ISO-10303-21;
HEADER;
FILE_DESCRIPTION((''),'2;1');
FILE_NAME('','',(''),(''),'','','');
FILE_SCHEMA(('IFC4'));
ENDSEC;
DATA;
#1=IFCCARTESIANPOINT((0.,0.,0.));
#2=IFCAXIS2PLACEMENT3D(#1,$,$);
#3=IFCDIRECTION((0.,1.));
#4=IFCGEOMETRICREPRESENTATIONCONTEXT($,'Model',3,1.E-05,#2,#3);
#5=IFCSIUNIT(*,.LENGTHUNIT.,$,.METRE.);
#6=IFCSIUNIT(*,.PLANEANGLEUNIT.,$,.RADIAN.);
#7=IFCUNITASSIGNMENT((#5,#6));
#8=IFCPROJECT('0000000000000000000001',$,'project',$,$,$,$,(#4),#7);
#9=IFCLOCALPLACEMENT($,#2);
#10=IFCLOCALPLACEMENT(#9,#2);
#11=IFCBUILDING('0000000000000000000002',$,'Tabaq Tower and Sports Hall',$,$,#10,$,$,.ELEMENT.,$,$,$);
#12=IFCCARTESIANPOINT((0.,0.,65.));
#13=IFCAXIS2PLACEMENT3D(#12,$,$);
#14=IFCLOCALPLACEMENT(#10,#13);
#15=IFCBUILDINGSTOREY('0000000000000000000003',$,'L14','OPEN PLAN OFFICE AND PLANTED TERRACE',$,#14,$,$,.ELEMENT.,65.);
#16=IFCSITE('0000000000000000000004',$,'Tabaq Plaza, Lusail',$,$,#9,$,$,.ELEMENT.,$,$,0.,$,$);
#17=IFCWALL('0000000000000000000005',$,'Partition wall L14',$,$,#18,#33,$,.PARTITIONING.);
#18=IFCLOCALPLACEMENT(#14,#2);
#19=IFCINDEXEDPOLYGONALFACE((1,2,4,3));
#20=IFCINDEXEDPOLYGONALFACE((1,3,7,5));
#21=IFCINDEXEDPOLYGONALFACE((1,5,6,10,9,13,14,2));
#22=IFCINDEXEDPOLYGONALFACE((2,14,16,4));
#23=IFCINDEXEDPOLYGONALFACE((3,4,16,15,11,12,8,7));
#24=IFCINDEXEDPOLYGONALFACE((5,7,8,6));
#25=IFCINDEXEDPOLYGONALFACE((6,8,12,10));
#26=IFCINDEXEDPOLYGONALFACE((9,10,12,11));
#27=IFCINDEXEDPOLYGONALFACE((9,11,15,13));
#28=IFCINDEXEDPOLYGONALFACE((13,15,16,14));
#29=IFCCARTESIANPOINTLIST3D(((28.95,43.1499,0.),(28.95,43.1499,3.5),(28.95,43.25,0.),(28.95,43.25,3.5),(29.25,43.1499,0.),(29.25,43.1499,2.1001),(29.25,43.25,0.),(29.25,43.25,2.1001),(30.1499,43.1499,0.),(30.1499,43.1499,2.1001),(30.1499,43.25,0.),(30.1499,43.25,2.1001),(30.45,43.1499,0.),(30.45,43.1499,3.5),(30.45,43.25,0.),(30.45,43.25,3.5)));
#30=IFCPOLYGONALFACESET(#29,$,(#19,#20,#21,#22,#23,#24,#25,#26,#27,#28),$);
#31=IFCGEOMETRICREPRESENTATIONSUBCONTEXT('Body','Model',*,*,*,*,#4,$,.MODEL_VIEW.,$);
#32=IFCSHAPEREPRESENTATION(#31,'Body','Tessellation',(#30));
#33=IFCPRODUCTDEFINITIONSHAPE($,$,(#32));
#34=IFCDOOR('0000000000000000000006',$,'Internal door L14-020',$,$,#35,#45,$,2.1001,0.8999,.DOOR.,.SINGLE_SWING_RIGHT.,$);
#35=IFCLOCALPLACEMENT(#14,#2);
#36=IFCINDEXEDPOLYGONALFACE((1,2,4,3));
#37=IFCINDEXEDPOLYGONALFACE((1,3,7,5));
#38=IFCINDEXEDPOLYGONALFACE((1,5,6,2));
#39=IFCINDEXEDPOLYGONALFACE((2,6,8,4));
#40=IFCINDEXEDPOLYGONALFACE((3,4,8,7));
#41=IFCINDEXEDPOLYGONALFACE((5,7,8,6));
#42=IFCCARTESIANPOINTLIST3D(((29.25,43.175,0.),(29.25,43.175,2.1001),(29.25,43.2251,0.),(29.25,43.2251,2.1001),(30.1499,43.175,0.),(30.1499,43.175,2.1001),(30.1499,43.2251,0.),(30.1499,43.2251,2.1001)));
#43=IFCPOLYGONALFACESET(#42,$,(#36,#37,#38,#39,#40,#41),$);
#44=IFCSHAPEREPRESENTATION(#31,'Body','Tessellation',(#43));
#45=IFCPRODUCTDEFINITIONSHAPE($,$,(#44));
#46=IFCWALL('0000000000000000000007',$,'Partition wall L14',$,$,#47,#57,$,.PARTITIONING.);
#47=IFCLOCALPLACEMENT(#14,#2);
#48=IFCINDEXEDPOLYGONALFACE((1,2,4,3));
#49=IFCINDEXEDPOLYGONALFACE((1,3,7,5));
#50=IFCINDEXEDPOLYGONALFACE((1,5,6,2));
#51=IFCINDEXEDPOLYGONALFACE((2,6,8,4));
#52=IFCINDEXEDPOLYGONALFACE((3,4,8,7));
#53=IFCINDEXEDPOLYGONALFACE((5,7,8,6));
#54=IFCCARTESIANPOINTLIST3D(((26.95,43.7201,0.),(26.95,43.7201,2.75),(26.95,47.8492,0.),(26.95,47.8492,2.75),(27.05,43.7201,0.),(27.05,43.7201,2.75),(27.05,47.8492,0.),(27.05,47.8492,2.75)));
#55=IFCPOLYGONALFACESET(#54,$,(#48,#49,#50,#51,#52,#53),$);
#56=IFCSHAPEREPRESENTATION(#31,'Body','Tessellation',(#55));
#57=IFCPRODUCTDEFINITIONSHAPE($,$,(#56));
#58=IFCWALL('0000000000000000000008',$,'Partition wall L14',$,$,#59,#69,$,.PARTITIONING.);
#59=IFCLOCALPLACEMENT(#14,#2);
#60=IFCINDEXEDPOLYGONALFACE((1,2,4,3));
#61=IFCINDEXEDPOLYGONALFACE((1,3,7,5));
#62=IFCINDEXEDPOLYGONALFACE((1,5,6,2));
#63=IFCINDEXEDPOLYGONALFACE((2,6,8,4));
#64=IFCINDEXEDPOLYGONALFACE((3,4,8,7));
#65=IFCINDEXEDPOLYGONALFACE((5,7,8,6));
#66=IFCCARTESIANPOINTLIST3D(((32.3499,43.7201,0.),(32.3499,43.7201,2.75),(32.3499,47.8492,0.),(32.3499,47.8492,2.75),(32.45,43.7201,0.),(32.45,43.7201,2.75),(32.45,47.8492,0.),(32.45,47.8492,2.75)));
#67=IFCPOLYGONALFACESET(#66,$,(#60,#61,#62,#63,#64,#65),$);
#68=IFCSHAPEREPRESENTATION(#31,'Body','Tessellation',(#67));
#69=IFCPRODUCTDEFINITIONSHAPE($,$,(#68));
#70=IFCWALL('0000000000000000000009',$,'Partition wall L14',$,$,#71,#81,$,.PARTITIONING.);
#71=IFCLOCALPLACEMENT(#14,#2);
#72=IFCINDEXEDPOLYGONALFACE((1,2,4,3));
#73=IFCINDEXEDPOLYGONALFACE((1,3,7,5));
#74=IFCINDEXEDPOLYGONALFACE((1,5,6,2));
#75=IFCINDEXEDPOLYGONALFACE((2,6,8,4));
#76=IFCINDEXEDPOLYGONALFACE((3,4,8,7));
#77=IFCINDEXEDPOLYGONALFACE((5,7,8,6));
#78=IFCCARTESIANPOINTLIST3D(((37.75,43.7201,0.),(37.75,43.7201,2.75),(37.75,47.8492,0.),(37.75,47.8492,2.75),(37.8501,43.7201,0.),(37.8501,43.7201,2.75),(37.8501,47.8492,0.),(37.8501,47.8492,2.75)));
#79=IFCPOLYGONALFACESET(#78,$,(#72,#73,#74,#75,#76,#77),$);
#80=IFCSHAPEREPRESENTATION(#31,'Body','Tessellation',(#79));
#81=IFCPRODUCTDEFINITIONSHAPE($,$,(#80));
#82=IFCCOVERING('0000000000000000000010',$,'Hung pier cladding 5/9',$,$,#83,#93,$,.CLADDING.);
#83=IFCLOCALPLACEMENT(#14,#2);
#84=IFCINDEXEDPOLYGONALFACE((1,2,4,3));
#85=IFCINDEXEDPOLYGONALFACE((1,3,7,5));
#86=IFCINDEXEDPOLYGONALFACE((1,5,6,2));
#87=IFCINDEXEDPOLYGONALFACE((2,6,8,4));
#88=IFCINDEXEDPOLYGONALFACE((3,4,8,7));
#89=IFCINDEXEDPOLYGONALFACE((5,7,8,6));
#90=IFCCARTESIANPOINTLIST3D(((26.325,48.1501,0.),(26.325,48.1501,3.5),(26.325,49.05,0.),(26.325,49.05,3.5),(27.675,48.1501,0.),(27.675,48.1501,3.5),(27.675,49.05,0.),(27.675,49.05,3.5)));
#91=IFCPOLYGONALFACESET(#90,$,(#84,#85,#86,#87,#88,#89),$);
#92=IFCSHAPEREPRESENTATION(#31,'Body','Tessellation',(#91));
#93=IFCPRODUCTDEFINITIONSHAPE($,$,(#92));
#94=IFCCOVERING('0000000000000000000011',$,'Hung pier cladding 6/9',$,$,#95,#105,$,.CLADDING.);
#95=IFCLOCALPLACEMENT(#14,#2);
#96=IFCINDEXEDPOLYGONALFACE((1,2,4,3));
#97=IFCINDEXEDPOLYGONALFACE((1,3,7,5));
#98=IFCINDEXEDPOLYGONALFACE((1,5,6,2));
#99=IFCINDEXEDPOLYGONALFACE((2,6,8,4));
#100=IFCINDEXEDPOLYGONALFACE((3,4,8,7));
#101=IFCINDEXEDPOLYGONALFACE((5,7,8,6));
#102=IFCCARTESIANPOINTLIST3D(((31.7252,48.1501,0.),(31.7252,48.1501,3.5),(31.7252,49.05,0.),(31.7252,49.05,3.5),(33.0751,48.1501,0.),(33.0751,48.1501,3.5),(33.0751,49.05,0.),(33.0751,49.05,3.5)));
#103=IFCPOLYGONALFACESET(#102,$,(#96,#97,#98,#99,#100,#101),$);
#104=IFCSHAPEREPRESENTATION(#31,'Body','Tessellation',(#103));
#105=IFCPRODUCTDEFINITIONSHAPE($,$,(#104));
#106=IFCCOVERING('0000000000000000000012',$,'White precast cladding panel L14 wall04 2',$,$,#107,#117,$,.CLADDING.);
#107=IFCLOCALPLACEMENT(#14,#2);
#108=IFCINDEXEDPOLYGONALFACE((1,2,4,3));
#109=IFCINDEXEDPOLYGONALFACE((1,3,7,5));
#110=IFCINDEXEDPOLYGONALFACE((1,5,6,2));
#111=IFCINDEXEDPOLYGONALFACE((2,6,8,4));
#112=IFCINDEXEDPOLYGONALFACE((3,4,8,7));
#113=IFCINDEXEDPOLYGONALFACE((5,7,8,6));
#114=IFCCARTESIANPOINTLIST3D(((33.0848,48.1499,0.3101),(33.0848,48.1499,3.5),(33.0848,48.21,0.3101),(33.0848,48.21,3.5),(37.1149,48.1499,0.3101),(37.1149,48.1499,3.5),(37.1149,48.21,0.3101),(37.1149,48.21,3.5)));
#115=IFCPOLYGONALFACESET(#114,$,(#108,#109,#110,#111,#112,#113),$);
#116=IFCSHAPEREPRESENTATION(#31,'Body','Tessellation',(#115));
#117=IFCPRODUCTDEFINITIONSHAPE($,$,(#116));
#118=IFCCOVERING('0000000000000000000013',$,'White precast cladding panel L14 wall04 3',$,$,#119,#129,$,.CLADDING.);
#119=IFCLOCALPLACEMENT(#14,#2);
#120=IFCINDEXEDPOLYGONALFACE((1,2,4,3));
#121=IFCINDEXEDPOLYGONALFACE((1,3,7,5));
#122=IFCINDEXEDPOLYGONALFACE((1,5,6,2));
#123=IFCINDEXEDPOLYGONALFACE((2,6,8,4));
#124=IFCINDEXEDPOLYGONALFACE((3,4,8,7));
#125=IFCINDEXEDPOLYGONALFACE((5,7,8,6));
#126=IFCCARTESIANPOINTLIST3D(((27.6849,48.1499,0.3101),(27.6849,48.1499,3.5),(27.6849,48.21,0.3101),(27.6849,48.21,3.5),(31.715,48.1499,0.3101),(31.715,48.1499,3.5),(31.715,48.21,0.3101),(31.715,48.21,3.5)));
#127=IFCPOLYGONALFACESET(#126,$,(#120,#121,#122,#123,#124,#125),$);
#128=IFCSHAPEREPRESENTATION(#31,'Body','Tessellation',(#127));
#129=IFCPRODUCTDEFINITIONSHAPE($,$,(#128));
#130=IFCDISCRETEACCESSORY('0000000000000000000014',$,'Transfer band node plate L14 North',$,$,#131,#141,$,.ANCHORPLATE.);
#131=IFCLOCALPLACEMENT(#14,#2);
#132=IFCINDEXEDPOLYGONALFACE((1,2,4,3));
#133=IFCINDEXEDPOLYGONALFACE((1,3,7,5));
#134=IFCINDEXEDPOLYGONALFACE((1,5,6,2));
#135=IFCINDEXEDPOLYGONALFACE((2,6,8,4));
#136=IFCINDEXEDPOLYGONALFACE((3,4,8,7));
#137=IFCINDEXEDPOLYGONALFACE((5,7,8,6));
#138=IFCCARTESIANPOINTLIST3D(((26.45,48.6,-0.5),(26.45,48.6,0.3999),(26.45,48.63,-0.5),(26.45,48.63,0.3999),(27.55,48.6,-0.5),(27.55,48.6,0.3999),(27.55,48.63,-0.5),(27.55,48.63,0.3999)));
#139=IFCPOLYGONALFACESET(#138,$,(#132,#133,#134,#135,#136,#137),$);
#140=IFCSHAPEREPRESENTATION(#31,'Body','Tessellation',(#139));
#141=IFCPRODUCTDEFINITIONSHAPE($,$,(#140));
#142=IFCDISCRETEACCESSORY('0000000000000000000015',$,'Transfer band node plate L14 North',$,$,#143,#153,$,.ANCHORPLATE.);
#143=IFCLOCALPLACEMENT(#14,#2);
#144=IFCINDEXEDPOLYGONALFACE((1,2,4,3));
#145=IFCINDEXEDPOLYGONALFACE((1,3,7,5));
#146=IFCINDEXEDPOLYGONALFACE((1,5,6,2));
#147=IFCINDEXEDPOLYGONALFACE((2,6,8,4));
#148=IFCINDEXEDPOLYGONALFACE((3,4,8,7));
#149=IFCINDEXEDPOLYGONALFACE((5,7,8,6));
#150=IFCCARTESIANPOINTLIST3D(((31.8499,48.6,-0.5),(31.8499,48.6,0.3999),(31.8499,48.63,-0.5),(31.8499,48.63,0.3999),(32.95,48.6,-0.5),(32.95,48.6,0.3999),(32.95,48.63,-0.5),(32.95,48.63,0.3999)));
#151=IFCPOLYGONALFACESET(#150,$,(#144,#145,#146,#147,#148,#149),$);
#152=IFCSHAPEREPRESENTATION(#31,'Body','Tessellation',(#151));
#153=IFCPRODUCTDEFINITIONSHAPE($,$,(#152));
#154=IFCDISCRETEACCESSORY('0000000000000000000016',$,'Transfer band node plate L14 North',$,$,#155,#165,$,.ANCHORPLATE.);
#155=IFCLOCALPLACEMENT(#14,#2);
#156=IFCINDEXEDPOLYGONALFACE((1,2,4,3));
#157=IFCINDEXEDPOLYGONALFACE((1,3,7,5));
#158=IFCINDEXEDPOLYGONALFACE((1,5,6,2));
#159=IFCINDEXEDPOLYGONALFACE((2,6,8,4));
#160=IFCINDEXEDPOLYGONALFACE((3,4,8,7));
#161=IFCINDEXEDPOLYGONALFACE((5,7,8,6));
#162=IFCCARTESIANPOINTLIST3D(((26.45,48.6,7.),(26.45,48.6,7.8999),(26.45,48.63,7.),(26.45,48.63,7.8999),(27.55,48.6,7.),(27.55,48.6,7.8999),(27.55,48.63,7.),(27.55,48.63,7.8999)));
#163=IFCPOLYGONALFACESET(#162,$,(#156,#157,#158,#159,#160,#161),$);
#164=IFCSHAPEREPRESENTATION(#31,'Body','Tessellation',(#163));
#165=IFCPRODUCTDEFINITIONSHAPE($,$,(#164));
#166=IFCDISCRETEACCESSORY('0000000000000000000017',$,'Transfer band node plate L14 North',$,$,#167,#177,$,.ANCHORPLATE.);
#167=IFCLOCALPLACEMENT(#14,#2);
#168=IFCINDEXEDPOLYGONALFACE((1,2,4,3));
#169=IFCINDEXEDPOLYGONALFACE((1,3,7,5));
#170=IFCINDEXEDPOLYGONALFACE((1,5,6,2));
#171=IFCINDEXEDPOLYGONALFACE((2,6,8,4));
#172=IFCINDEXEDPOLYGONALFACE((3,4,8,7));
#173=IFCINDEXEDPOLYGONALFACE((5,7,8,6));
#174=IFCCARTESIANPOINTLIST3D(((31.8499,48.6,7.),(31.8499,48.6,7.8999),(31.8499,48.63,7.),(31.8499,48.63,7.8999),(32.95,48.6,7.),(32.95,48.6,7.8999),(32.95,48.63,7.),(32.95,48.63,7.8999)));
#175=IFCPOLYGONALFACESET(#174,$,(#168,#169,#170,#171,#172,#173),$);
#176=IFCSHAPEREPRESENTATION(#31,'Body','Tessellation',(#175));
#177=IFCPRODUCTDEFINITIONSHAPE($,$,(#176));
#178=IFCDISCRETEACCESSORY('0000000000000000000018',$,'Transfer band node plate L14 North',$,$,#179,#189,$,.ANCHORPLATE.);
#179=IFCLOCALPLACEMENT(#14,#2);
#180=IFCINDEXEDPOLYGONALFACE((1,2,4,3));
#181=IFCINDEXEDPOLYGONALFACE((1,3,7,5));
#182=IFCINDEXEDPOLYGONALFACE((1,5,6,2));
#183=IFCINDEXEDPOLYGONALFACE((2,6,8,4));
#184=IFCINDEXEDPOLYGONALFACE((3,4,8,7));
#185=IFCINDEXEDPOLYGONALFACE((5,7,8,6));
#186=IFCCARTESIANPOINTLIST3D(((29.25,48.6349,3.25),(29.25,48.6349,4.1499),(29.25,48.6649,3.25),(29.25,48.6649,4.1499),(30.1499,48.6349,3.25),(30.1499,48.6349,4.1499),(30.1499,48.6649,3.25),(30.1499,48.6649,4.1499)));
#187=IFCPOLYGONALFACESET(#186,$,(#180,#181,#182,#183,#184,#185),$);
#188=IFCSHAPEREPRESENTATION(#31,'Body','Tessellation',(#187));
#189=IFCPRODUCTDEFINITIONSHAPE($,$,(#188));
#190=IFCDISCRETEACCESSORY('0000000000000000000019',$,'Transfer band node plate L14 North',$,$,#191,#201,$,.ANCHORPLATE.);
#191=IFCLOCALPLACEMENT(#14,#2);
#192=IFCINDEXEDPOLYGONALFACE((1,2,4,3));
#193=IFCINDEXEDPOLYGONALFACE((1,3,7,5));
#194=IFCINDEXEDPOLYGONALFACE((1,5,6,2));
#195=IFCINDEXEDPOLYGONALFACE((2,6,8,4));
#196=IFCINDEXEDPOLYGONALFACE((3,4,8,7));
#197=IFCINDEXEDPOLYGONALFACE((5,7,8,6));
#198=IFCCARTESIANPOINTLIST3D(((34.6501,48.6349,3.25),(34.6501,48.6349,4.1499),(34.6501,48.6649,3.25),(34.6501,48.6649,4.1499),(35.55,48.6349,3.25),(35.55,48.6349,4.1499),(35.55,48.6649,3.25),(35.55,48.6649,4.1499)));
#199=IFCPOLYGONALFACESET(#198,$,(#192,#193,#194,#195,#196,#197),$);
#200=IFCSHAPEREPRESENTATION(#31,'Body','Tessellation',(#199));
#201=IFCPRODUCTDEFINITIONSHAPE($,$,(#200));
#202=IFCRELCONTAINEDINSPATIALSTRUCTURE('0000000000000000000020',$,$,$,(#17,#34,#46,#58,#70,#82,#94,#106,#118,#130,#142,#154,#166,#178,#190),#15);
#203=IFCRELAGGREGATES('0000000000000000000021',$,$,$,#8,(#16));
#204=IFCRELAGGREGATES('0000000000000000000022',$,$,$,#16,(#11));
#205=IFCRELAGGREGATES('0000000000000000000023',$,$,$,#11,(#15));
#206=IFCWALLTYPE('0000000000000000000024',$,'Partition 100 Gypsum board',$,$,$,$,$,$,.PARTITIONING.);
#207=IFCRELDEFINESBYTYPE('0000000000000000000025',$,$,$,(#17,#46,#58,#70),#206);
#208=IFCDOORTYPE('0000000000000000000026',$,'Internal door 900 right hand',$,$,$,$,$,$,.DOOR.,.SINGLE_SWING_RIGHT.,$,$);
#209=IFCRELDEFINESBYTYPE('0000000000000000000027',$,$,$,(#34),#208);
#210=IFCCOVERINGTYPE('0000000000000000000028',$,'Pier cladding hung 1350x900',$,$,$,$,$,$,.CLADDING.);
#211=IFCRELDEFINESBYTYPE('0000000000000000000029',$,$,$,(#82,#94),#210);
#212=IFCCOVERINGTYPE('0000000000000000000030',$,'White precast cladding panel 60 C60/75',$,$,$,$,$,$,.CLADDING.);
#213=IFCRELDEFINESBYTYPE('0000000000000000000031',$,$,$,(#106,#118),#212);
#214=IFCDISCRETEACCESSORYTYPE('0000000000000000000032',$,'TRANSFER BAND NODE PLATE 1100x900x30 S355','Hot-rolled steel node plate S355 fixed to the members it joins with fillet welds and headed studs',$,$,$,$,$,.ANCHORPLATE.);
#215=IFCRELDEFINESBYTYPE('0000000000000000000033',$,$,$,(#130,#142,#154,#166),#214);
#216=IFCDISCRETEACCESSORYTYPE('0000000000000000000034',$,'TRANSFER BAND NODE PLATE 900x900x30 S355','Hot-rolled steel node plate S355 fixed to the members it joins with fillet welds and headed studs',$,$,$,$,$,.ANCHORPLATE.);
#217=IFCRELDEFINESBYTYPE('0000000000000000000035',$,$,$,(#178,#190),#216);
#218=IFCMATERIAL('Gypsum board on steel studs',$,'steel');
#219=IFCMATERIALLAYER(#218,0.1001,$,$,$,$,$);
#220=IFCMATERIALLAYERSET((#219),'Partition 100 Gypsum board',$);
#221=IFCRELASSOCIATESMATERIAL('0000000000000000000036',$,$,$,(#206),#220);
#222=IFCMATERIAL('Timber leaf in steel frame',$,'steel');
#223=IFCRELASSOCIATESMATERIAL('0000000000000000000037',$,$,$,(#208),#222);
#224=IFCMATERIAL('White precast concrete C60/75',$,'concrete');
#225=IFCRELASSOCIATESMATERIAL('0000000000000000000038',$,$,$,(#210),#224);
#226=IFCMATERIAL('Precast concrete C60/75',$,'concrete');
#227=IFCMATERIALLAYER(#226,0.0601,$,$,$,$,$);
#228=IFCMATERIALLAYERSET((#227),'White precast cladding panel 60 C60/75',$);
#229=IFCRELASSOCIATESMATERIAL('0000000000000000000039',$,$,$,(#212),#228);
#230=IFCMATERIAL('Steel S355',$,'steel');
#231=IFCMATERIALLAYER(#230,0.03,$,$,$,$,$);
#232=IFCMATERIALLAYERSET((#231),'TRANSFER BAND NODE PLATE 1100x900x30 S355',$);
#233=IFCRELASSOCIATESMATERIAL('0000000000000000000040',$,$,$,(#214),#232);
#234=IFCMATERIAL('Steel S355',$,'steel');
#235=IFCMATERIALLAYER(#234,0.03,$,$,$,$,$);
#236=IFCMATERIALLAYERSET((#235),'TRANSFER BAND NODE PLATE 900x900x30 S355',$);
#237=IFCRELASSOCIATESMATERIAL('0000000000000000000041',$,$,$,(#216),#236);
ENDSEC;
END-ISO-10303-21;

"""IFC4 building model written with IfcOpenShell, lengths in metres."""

from ifc_helpers import new_model, si_unit, direction, frame, frame_2d, origin, origin_2d, place, context, subcontext, project, spatial, rectangle, extrude, material, layer, layer_set, type_object, element, fill, save


model = new_model("IFC4")

# Units and contexts
model_context = context("Model", 3, precision=1e-05, world=origin(), true_north=direction((0.0, 1.0)))
body_context = subcontext(model_context, "Body", "Model", "MODEL_VIEW")
ifc_project = project(units=[si_unit("LENGTHUNIT", "METRE"), si_unit("PLANEANGLEUNIT", "RADIAN")], contexts=[model_context])

# Site, building, storey
site_placement = place(None, origin())
site = spatial("IfcSite", under=ifc_project, at=site_placement, Name="Tabaq Plaza, Lusail", CompositionType="ELEMENT", RefElevation=0.0)
building_placement = place(site_placement, origin())
building = spatial("IfcBuilding", under=site, at=building_placement, Name="Tabaq Tower and Sports Hall", CompositionType="ELEMENT")
storey_placement = place(building_placement, frame((0.0, 0.0, 65.0)))
storey = spatial("IfcBuildingStorey", under=building, at=storey_placement, Name="L14", Description="OPEN PLAN OFFICE AND PLANTED TERRACE", CompositionType="ELEMENT", Elevation=65.0)

# Wall, opening, door
ifc_material_1 = material(Name="Gypsum board on steel studs", Category="steel")
ifc_layer_1 = layer(ifc_material_1, 0.1001)
ifc_layer_set_1 = layer_set([ifc_layer_1], Name="Partition 100 Gypsum board")
wall_type = type_object("IfcWallType", Name="Partition 100 Gypsum board", PredefinedType="PARTITIONING", material=ifc_layer_set_1)
wall_1_placement = place(storey_placement, frame((30.45, 43.2, 0.0), z_axis=(0.0, 0.0, 1.0), x_axis=(-1.0, 0.0, 0.0)))
wall_1 = element("IfcWall", 1, at=wall_1_placement, inside=storey, type_object=wall_type, Name="Partition wall L14", PredefinedType="PARTITIONING", context=body_context, shape_type="SweptSolid", body=[
    extrude(rectangle(XDim=1.5, YDim=0.1001, at=frame_2d((0.75, 0.0))), origin(), (0.0, 0.0, 1.0), 3.5),
])
opening_1_placement = place(wall_1_placement, frame((0.3, 0.0, 0.0)))
opening_1 = element("IfcOpeningElement", 2, at=opening_1_placement, cuts=wall_1, PredefinedType="OPENING", context=body_context, shape_type="SweptSolid", body=[
    extrude(rectangle(XDim=0.8999, YDim=2.1001, at=frame_2d((0.45, 1.05))), frame((0.0, 0.05, 0.0), z_axis=(0.0, -1.0, 0.0), x_axis=(1.0, 0.0, 0.0)), (0.0, 0.0, 1.0), 0.1001),
])
ifc_material_2 = material(Name="Timber leaf in steel frame", Category="steel")
door_type_1 = type_object("IfcDoorType", Name="Internal door 900 right hand", OperationType="SINGLE_SWING_RIGHT", PredefinedType="DOOR", material=ifc_material_2)
door_1_placement = place(opening_1_placement, origin())
door_1 = element("IfcDoor", 3, at=door_1_placement, inside=storey, type_object=door_type_1, Name="Internal door L14-020", OperationType="SINGLE_SWING_RIGHT", OverallHeight=2.1001, OverallWidth=0.8999, PredefinedType="DOOR", context=body_context, shape_type="SweptSolid", body=[
    extrude(rectangle(XDim=0.8999, YDim=2.1001, at=frame_2d((0.45, 1.05))), frame((0.0, 0.0249, 0.0), z_axis=(0.0, -1.0, 0.0), x_axis=(1.0, 0.0, 0.0)), (0.0, 0.0, 1.0), 0.05),
])
fill(opening_1, door_1)

# Walls
for number, where, z_axis, x_axis, name in (
    (4, (27.0, 47.8491, 0.0), (0.0, 0.0, 1.0), (0.0, -1.0, 0.0), "Partition wall L14"),
    (5, (32.3999, 47.8491, 0.0), (0.0, 0.0, 1.0), (0.0, -1.0, 0.0), "Partition wall L14"),
    (6, (37.8, 47.8491, 0.0), (0.0, 0.0, 1.0), (0.0, -1.0, 0.0), "Partition wall L14"),
):
    element("IfcWall", number, at=place(storey_placement, frame(where, z_axis=z_axis, x_axis=x_axis)), inside=storey, type_object=wall_type, Name=name, PredefinedType="PARTITIONING", context=body_context, shape_type="SweptSolid", body=[
        extrude(rectangle(XDim=4.1292, YDim=0.1001, at=frame_2d((2.0645, 0.0))), origin(), (0.0, 0.0, 1.0), 2.75),
    ])

# Coverings
ifc_material_3 = material(Name="White precast concrete C60/75", Category="concrete")
covering_type_1 = type_object("IfcCoveringType", Name="Pier cladding hung 1350x900", PredefinedType="CLADDING", material=ifc_material_3)
covering_1_placement = place(storey_placement, frame((27.675, 48.6001, 0.0), z_axis=(0.0, 0.0, 1.0), x_axis=(-1.0, 0.0, 0.0)))
element("IfcCovering", 7, at=covering_1_placement, inside=storey, type_object=covering_type_1, Name="Hung pier cladding 5/9", PredefinedType="CLADDING", context=body_context, shape_type="SweptSolid", body=[
    extrude(rectangle(XDim=1.3501, YDim=0.8999, at=frame_2d((0.675, 0.0))), origin(), (0.0, 0.0, 1.0), 3.5),
])
covering_2_placement = place(storey_placement, frame((33.075, 48.6001, 0.0), z_axis=(0.0, 0.0, 1.0), x_axis=(-1.0, 0.0, 0.0)))
element("IfcCovering", 8, at=covering_2_placement, inside=storey, type_object=covering_type_1, Name="Hung pier cladding 6/9", PredefinedType="CLADDING", context=body_context, shape_type="SweptSolid", body=[
    extrude(rectangle(XDim=1.3499, YDim=0.8999, at=frame_2d((0.6748, 0.0))), origin(), (0.0, 0.0, 1.0), 3.5),
])
ifc_material_4 = material(Name="Precast concrete C60/75", Category="concrete")
ifc_layer_2 = layer(ifc_material_4, 0.0601)
ifc_layer_set_2 = layer_set([ifc_layer_2], Name="White precast cladding panel 60 C60/75")
covering_type_2 = type_object("IfcCoveringType", Name="White precast cladding panel 60 C60/75", PredefinedType="CLADDING", material=ifc_layer_set_2)
for number, where, z_axis, x_axis, name in (
    (9, (37.115, 48.1799, 0.3101), (0.0, 0.0, 1.0), (-1.0, 0.0, 0.0), "White precast cladding panel L14 wall04 2"),
    (10, (31.7151, 48.1799, 0.3101), (0.0, 0.0, 1.0), (-1.0, 0.0, 0.0), "White precast cladding panel L14 wall04 3"),
):
    element("IfcCovering", number, at=place(storey_placement, frame(where, z_axis=z_axis, x_axis=x_axis)), inside=storey, type_object=covering_type_2, Name=name, PredefinedType="CLADDING", context=body_context, shape_type="SweptSolid", body=[
        extrude(rectangle(XDim=4.03, YDim=0.0601, at=frame_2d((2.0151, 0.0))), origin(), (0.0, 0.0, 1.0), 3.1899),
    ])

# Discrete accessories
ifc_material_5 = material(Name="Steel S355", Category="steel")
ifc_layer_3 = layer(ifc_material_5, 0.03)
ifc_layer_set_3 = layer_set([ifc_layer_3], Name="TRANSFER BAND NODE PLATE 1100x900x30 S355")
discrete_accessory_type_1 = type_object("IfcDiscreteAccessoryType", Name="TRANSFER BAND NODE PLATE 1100x900x30 S355", Description="Hot-rolled steel node plate S355 fixed to the members it joins with fillet welds and headed studs", PredefinedType="ANCHORPLATE", material=ifc_layer_set_3)
for number, where, z_axis, x_axis, name in (
    (11, (27.0, 48.615, -0.5), (0.0, 0.0, 1.0), (-1.0, 0.0, 0.0), "Transfer band node plate L14 North"),
    (12, (32.3999, 48.615, -0.5), (0.0, 0.0, 1.0), (-1.0, 0.0, 0.0), "Transfer band node plate L14 North"),
    (13, (27.0, 48.615, 7.0), (0.0, 0.0, 1.0), (-1.0, 0.0, 0.0), "Transfer band node plate L14 North"),
    (14, (32.3999, 48.615, 7.0), (0.0, 0.0, 1.0), (-1.0, 0.0, 0.0), "Transfer band node plate L14 North"),
):
    element("IfcDiscreteAccessory", number, at=place(storey_placement, frame(where, z_axis=z_axis, x_axis=x_axis)), inside=storey, type_object=discrete_accessory_type_1, Name=name, PredefinedType="ANCHORPLATE", context=body_context, shape_type="SweptSolid", body=[
        extrude(rectangle(XDim=1.1001, YDim=0.03, at=origin_2d()), origin(), (0.0, 0.0, 1.0), 0.8999),
    ])
ifc_material_6 = material(Name="Steel S355", Category="steel")
ifc_layer_4 = layer(ifc_material_6, 0.03)
ifc_layer_set_4 = layer_set([ifc_layer_4], Name="TRANSFER BAND NODE PLATE 900x900x30 S355")
discrete_accessory_type_2 = type_object("IfcDiscreteAccessoryType", Name="TRANSFER BAND NODE PLATE 900x900x30 S355", Description="Hot-rolled steel node plate S355 fixed to the members it joins with fillet welds and headed studs", PredefinedType="ANCHORPLATE", material=ifc_layer_set_4)
for number, where, z_axis, x_axis, name in (
    (15, (29.7, 48.6499, 3.25), (0.0, 0.0, 1.0), (-1.0, 0.0, 0.0), "Transfer band node plate L14 North"),
    (16, (35.1001, 48.6499, 3.25), (0.0, 0.0, 1.0), (-1.0, 0.0, 0.0), "Transfer band node plate L14 North"),
):
    element("IfcDiscreteAccessory", number, at=place(storey_placement, frame(where, z_axis=z_axis, x_axis=x_axis)), inside=storey, type_object=discrete_accessory_type_2, Name=name, PredefinedType="ANCHORPLATE", context=body_context, shape_type="SweptSolid", body=[
        extrude(rectangle(XDim=0.8999, YDim=0.03, at=origin_2d()), origin(), (0.0, 0.0, 1.0), 0.8999),
    ])

save(model, "model.ifc")
